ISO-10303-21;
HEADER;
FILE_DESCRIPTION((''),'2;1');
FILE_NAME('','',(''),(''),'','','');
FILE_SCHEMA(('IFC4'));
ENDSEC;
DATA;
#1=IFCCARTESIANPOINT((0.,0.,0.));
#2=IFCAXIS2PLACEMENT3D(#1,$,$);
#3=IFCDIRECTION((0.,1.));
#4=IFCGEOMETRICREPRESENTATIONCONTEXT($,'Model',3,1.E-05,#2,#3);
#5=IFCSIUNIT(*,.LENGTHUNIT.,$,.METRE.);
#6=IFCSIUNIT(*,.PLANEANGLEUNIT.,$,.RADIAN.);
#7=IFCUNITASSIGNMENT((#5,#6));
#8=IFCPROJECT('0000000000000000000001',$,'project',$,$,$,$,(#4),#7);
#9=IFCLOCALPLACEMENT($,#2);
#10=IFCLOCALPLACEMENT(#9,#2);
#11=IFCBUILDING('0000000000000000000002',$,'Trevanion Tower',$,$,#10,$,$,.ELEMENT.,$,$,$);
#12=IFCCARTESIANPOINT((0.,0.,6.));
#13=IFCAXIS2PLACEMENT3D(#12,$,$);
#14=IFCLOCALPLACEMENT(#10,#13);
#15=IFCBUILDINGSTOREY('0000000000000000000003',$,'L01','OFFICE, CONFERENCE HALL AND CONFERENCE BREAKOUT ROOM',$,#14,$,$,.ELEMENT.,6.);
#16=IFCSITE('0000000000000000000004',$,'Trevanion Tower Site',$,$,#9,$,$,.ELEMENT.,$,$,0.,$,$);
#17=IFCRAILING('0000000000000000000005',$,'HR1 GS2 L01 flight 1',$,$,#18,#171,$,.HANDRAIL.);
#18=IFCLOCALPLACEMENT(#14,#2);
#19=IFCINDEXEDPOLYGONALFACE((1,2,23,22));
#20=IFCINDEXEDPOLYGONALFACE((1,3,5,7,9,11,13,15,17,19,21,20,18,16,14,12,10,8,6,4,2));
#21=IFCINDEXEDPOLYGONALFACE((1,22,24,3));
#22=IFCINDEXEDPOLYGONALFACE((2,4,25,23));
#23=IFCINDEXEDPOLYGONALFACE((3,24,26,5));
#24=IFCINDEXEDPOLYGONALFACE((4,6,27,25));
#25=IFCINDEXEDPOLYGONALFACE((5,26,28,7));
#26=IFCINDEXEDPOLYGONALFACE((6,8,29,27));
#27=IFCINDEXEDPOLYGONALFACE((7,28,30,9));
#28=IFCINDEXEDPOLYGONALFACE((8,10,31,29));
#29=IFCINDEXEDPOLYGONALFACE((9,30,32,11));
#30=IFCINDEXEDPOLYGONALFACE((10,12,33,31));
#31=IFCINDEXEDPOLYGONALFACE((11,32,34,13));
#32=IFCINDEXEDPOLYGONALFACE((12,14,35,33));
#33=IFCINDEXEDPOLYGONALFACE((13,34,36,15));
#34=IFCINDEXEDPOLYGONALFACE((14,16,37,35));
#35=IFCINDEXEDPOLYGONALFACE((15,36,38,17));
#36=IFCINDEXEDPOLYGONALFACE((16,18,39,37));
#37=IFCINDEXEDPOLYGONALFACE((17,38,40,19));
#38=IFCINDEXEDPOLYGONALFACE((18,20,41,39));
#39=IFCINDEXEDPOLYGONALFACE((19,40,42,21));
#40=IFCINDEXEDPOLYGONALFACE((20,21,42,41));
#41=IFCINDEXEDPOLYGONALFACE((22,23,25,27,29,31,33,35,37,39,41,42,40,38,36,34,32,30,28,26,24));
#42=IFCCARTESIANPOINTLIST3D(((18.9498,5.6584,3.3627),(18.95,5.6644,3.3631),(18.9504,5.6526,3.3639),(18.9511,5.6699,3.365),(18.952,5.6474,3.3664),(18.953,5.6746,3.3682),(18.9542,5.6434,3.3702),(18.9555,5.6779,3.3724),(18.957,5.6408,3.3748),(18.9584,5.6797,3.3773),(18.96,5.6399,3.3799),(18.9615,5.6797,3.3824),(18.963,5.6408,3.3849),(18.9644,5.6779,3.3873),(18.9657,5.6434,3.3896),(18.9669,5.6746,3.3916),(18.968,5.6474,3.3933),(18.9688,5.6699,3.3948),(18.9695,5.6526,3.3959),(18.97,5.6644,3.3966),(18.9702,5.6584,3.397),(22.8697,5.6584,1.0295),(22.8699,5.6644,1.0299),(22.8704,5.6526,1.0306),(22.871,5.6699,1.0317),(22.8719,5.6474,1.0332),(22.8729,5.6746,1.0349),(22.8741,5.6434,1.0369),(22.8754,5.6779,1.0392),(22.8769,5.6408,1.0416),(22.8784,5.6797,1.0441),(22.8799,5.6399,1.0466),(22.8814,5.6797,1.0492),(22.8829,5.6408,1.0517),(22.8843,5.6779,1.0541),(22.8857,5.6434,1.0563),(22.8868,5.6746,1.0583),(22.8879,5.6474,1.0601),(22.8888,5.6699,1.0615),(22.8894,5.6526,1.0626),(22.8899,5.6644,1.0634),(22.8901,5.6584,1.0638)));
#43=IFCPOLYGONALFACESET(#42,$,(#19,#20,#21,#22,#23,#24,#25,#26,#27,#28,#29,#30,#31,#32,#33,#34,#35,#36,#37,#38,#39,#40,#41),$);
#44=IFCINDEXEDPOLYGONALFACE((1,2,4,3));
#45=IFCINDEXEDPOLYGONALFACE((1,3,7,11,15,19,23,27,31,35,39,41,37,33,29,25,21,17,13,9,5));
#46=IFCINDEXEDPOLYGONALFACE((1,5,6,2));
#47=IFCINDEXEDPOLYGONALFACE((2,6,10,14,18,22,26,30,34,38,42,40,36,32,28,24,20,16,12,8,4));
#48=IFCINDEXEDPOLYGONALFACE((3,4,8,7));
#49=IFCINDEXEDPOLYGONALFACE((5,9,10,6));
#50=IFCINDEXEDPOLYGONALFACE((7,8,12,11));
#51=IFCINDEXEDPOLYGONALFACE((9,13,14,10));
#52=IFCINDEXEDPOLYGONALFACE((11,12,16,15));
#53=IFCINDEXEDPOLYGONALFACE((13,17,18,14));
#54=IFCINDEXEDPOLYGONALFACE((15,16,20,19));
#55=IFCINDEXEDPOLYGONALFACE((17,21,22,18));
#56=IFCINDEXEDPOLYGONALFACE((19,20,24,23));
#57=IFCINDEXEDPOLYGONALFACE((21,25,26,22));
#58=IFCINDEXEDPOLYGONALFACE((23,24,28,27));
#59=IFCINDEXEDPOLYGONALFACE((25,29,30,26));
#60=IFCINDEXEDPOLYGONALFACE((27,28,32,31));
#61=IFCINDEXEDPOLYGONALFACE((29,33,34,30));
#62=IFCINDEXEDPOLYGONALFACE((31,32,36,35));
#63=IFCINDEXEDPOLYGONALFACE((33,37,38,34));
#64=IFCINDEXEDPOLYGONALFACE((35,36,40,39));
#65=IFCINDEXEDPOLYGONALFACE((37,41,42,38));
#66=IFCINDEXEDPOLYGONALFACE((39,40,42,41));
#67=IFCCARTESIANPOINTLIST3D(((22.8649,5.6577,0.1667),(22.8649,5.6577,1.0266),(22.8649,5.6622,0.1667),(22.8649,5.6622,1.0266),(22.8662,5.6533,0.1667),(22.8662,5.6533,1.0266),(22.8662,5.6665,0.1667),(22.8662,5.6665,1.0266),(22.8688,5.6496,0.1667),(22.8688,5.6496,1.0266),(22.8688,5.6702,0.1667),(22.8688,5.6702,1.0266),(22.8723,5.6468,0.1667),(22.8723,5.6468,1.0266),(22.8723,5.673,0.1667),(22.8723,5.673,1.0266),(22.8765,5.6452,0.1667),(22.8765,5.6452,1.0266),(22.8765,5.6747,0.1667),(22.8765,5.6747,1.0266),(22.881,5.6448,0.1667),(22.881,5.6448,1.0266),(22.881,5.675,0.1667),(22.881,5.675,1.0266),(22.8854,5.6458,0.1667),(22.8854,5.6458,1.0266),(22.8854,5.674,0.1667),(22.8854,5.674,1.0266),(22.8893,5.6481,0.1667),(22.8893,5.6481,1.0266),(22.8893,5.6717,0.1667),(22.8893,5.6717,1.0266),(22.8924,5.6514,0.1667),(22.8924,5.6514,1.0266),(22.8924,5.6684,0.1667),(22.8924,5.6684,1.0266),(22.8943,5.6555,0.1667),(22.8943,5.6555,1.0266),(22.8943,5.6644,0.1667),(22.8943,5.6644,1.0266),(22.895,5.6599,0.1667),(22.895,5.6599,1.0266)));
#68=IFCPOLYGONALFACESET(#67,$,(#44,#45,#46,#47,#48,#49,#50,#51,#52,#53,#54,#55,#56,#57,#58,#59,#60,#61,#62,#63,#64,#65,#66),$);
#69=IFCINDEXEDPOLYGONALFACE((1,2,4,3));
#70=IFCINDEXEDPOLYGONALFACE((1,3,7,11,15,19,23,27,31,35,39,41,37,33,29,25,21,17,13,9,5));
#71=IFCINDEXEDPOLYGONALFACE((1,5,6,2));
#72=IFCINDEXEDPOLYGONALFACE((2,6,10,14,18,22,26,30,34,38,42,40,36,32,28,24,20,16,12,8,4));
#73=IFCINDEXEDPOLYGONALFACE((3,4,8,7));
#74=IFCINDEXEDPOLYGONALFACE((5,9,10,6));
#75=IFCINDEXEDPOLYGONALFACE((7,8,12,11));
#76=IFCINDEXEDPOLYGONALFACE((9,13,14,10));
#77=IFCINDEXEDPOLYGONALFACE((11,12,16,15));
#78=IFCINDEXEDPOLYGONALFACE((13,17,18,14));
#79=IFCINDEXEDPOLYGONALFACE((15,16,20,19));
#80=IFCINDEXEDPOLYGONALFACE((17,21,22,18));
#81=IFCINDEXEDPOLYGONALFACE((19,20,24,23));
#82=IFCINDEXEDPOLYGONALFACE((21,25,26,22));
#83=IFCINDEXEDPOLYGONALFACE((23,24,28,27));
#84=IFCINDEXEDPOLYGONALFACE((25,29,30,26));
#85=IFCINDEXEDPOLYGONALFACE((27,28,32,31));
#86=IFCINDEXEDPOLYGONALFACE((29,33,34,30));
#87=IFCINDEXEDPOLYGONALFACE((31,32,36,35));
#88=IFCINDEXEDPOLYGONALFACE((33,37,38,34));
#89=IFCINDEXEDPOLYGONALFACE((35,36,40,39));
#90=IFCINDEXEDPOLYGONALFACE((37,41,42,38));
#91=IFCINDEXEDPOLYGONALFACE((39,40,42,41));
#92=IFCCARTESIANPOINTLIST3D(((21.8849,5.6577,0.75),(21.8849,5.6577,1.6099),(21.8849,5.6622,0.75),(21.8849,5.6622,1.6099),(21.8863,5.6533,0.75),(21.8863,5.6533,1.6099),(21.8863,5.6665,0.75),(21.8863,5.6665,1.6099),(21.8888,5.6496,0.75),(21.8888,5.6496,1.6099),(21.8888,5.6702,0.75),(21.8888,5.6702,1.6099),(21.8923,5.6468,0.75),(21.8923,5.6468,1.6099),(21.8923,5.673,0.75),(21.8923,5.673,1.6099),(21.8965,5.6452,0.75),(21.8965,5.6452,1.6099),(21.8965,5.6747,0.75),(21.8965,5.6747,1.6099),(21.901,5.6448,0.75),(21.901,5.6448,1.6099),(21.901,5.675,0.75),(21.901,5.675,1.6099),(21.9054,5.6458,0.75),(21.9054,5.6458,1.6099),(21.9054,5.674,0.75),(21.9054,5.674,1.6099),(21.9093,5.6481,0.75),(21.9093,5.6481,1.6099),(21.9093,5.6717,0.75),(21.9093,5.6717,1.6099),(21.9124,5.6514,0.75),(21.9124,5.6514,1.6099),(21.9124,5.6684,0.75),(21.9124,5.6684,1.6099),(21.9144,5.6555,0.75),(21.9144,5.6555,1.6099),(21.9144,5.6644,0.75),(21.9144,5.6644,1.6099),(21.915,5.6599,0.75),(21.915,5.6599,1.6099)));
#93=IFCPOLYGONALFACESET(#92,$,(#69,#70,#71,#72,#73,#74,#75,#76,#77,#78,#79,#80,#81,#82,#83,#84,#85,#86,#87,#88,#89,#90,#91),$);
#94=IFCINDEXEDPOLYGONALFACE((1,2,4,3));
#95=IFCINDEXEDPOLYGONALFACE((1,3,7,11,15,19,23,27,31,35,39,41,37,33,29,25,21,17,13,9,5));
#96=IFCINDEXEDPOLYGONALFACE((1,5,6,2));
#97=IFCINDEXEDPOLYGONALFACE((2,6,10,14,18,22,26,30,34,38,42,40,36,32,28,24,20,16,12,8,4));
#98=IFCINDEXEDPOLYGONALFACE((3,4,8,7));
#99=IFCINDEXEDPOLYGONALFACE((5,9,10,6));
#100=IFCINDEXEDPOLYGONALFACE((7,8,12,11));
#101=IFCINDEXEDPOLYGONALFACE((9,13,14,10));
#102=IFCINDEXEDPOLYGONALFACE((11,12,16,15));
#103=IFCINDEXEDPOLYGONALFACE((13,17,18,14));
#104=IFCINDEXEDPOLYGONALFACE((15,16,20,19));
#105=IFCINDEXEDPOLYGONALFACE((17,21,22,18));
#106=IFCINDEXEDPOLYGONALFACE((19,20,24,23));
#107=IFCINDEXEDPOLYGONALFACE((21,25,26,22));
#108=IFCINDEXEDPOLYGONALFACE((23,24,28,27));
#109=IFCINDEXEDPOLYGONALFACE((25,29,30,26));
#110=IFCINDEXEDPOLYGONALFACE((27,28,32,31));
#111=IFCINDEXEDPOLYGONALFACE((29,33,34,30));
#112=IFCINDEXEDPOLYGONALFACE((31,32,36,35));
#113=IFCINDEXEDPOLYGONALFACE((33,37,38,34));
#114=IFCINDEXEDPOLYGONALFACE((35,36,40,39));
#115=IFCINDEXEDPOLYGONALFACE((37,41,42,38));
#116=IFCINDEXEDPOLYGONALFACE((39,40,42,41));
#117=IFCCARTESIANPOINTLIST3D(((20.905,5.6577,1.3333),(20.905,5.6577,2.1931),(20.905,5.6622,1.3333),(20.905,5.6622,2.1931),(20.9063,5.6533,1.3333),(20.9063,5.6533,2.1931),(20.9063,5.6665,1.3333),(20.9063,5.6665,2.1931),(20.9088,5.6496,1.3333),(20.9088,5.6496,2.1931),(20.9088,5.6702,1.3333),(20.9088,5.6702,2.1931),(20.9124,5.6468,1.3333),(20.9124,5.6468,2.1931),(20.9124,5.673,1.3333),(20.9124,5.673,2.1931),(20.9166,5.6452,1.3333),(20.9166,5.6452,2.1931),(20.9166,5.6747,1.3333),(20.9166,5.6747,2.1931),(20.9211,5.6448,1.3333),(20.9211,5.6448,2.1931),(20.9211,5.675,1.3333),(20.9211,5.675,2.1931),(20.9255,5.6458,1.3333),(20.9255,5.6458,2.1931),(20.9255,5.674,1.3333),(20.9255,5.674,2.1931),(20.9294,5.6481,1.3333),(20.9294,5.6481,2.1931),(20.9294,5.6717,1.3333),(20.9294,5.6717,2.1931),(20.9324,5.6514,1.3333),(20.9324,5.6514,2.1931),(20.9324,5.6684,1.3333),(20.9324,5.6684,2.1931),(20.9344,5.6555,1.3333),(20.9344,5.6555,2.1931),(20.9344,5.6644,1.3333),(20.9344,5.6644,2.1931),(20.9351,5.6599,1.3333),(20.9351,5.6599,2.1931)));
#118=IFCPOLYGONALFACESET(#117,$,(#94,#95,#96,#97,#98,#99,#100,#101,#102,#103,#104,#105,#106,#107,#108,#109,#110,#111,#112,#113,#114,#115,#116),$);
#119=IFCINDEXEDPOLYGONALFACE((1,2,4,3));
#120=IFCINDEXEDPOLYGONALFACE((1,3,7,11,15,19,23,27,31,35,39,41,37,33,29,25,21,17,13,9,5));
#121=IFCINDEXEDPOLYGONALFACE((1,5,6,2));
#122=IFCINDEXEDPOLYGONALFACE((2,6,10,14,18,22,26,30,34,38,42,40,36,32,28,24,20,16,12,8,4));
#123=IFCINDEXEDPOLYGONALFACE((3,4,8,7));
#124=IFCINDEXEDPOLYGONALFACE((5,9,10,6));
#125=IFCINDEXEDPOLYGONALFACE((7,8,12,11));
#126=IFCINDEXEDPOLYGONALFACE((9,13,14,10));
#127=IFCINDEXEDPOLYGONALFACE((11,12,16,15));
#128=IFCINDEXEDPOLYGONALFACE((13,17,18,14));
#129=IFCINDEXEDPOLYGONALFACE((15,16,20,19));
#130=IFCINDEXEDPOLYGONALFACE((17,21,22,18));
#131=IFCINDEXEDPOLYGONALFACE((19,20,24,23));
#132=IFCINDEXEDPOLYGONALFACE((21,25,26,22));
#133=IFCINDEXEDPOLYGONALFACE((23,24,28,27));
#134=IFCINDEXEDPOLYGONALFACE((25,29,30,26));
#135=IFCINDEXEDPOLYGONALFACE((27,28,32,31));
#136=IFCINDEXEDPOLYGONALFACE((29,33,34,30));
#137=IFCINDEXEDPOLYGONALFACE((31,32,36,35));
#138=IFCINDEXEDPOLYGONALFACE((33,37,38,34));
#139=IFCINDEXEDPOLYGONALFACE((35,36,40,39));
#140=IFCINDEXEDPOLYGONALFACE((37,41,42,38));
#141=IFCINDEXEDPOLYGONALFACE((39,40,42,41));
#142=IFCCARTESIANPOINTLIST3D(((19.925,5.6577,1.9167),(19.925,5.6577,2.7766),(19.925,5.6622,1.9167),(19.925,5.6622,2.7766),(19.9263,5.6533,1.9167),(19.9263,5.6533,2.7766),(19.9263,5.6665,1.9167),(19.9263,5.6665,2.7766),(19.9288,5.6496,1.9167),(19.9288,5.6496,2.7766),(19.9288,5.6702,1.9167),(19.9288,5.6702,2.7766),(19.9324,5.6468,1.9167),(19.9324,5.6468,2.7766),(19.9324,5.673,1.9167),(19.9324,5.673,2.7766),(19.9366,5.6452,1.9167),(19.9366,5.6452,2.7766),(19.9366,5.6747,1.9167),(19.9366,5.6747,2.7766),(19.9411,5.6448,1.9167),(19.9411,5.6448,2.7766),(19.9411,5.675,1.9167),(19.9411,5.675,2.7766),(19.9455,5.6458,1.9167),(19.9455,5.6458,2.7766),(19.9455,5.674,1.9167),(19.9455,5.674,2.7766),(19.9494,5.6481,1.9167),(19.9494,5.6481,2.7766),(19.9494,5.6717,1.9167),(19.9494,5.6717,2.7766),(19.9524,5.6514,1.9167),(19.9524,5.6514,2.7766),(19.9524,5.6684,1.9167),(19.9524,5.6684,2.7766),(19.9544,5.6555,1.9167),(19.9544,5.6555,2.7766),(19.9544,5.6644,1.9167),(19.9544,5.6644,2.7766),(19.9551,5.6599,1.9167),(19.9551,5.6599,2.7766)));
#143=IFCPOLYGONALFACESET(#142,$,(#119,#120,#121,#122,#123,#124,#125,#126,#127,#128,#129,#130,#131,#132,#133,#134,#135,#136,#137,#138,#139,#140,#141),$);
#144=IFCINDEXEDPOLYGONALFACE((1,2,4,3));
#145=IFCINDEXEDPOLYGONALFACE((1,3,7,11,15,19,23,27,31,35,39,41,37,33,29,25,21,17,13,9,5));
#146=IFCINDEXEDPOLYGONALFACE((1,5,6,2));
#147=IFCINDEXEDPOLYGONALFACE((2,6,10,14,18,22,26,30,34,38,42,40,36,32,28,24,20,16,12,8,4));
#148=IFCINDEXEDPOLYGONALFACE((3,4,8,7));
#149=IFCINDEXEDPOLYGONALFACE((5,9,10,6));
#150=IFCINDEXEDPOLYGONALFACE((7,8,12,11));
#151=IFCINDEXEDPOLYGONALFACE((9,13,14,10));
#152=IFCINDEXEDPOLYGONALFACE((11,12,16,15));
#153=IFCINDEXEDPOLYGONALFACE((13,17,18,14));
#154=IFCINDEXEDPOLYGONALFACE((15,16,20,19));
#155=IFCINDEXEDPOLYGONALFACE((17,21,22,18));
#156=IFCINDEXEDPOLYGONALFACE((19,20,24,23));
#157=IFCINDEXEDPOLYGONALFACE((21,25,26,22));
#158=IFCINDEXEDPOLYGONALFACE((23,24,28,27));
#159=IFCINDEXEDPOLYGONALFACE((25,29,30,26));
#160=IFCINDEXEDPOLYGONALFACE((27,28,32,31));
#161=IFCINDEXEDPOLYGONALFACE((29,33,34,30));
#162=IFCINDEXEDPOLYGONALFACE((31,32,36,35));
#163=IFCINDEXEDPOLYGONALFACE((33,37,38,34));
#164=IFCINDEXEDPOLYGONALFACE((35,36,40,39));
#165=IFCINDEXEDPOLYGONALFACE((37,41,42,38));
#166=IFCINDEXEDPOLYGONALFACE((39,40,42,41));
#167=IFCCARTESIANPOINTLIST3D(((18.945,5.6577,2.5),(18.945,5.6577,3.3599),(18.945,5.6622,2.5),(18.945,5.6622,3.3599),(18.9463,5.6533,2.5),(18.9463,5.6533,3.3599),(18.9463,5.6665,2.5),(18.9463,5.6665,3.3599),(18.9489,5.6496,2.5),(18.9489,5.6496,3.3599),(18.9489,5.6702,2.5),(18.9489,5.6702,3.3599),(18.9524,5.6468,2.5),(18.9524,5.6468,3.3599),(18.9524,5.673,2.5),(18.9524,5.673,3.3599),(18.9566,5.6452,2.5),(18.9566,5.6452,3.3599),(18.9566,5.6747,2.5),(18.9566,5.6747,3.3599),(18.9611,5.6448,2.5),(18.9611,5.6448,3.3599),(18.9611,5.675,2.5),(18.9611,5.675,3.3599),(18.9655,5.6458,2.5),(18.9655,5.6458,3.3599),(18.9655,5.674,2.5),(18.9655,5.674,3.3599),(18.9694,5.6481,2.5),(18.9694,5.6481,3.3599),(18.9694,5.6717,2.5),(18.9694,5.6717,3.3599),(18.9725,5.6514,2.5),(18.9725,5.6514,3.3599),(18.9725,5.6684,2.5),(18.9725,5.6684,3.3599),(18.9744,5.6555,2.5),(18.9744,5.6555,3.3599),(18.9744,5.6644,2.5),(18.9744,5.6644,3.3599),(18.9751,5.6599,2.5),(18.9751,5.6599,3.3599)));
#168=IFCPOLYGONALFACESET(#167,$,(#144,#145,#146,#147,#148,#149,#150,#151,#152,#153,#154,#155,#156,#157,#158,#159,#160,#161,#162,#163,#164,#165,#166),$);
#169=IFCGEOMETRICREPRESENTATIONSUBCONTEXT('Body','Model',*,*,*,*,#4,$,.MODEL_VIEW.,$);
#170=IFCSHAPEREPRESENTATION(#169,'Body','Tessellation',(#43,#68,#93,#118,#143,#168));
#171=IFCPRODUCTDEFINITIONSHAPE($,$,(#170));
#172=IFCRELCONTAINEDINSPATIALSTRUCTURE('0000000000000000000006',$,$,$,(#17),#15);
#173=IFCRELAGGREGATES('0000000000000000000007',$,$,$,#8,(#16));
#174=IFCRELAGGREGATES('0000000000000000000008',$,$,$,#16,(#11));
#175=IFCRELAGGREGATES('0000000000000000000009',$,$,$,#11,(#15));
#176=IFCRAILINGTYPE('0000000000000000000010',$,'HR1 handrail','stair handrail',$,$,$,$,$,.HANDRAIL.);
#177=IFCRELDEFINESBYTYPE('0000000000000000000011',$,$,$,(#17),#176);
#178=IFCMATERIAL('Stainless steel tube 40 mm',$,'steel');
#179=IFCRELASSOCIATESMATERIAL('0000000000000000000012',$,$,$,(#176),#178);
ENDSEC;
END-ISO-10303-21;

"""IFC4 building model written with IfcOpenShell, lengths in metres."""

from ifc_helpers import new_model, si_unit, direction, frame, origin, origin_2d, place, context, subcontext, project, spatial, circle, extrude, material, type_object, element, save


model = new_model("IFC4")

# Units and contexts
model_context = context("Model", 3, precision=1e-05, world=origin(), true_north=direction((0.0, 1.0)))
body_context = subcontext(model_context, "Body", "Model", "MODEL_VIEW")
ifc_project = project(units=[si_unit("LENGTHUNIT", "METRE"), si_unit("PLANEANGLEUNIT", "RADIAN")], contexts=[model_context])

# Site, building, storey
site_placement = place(None, origin())
site = spatial("IfcSite", under=ifc_project, at=site_placement, Name="Trevanion Tower Site", CompositionType="ELEMENT", RefElevation=0.0)
building_placement = place(site_placement, origin())
building = spatial("IfcBuilding", under=site, at=building_placement, Name="Trevanion Tower", CompositionType="ELEMENT")
storey_placement = place(building_placement, frame((0.0, 0.0, 6.0)))
storey = spatial("IfcBuildingStorey", under=building, at=storey_placement, Name="L01", Description="OFFICE, CONFERENCE HALL AND CONFERENCE BREAKOUT ROOM", CompositionType="ELEMENT", Elevation=6.0)

# Railing
ifc_material_1 = material(Name="Stainless steel tube 40 mm", Category="steel")
railing_type_1 = type_object("IfcRailingType", Name="HR1 handrail", Description="stair handrail", PredefinedType="HANDRAIL", material=ifc_material_1)
railing_1_placement = place(storey_placement, frame((22.8799, 5.6599, 0.1667)))
element("IfcRailing", 1, at=railing_1_placement, inside=storey, type_object=railing_type_1, Name="HR1 GS2 L01 flight 1", PredefinedType="HANDRAIL", context=body_context, shape_type="SweptSolid", body=[
    extrude(circle(Radius=0.02, at=origin_2d()), frame((0.0, 0.0, 0.8799), z_axis=(-0.859296, 0.0, 0.511478), x_axis=(0.0, -1.0, 0.0)), (0.0, 0.0, 1.0), 4.5618),
    extrude(circle(Radius=0.0151, at=origin_2d()), origin(), (0.0, 0.0, 1.0), 0.8599),
    extrude(circle(Radius=0.0151, at=origin_2d()), frame((-0.98, 0.0, 0.5833)), (0.0, 0.0, 1.0), 0.8599),
    extrude(circle(Radius=0.0151, at=origin_2d()), frame((-1.96, 0.0, 1.1665)), (0.0, 0.0, 1.0), 0.8599),
    extrude(circle(Radius=0.0151, at=origin_2d()), frame((-2.9399, 0.0, 1.75)), (0.0, 0.0, 1.0), 0.8599),
    extrude(circle(Radius=0.0151, at=origin_2d()), frame((-3.9199, 0.0, 2.3333)), (0.0, 0.0, 1.0), 0.8599),
])

save(model, "model.ifc")
